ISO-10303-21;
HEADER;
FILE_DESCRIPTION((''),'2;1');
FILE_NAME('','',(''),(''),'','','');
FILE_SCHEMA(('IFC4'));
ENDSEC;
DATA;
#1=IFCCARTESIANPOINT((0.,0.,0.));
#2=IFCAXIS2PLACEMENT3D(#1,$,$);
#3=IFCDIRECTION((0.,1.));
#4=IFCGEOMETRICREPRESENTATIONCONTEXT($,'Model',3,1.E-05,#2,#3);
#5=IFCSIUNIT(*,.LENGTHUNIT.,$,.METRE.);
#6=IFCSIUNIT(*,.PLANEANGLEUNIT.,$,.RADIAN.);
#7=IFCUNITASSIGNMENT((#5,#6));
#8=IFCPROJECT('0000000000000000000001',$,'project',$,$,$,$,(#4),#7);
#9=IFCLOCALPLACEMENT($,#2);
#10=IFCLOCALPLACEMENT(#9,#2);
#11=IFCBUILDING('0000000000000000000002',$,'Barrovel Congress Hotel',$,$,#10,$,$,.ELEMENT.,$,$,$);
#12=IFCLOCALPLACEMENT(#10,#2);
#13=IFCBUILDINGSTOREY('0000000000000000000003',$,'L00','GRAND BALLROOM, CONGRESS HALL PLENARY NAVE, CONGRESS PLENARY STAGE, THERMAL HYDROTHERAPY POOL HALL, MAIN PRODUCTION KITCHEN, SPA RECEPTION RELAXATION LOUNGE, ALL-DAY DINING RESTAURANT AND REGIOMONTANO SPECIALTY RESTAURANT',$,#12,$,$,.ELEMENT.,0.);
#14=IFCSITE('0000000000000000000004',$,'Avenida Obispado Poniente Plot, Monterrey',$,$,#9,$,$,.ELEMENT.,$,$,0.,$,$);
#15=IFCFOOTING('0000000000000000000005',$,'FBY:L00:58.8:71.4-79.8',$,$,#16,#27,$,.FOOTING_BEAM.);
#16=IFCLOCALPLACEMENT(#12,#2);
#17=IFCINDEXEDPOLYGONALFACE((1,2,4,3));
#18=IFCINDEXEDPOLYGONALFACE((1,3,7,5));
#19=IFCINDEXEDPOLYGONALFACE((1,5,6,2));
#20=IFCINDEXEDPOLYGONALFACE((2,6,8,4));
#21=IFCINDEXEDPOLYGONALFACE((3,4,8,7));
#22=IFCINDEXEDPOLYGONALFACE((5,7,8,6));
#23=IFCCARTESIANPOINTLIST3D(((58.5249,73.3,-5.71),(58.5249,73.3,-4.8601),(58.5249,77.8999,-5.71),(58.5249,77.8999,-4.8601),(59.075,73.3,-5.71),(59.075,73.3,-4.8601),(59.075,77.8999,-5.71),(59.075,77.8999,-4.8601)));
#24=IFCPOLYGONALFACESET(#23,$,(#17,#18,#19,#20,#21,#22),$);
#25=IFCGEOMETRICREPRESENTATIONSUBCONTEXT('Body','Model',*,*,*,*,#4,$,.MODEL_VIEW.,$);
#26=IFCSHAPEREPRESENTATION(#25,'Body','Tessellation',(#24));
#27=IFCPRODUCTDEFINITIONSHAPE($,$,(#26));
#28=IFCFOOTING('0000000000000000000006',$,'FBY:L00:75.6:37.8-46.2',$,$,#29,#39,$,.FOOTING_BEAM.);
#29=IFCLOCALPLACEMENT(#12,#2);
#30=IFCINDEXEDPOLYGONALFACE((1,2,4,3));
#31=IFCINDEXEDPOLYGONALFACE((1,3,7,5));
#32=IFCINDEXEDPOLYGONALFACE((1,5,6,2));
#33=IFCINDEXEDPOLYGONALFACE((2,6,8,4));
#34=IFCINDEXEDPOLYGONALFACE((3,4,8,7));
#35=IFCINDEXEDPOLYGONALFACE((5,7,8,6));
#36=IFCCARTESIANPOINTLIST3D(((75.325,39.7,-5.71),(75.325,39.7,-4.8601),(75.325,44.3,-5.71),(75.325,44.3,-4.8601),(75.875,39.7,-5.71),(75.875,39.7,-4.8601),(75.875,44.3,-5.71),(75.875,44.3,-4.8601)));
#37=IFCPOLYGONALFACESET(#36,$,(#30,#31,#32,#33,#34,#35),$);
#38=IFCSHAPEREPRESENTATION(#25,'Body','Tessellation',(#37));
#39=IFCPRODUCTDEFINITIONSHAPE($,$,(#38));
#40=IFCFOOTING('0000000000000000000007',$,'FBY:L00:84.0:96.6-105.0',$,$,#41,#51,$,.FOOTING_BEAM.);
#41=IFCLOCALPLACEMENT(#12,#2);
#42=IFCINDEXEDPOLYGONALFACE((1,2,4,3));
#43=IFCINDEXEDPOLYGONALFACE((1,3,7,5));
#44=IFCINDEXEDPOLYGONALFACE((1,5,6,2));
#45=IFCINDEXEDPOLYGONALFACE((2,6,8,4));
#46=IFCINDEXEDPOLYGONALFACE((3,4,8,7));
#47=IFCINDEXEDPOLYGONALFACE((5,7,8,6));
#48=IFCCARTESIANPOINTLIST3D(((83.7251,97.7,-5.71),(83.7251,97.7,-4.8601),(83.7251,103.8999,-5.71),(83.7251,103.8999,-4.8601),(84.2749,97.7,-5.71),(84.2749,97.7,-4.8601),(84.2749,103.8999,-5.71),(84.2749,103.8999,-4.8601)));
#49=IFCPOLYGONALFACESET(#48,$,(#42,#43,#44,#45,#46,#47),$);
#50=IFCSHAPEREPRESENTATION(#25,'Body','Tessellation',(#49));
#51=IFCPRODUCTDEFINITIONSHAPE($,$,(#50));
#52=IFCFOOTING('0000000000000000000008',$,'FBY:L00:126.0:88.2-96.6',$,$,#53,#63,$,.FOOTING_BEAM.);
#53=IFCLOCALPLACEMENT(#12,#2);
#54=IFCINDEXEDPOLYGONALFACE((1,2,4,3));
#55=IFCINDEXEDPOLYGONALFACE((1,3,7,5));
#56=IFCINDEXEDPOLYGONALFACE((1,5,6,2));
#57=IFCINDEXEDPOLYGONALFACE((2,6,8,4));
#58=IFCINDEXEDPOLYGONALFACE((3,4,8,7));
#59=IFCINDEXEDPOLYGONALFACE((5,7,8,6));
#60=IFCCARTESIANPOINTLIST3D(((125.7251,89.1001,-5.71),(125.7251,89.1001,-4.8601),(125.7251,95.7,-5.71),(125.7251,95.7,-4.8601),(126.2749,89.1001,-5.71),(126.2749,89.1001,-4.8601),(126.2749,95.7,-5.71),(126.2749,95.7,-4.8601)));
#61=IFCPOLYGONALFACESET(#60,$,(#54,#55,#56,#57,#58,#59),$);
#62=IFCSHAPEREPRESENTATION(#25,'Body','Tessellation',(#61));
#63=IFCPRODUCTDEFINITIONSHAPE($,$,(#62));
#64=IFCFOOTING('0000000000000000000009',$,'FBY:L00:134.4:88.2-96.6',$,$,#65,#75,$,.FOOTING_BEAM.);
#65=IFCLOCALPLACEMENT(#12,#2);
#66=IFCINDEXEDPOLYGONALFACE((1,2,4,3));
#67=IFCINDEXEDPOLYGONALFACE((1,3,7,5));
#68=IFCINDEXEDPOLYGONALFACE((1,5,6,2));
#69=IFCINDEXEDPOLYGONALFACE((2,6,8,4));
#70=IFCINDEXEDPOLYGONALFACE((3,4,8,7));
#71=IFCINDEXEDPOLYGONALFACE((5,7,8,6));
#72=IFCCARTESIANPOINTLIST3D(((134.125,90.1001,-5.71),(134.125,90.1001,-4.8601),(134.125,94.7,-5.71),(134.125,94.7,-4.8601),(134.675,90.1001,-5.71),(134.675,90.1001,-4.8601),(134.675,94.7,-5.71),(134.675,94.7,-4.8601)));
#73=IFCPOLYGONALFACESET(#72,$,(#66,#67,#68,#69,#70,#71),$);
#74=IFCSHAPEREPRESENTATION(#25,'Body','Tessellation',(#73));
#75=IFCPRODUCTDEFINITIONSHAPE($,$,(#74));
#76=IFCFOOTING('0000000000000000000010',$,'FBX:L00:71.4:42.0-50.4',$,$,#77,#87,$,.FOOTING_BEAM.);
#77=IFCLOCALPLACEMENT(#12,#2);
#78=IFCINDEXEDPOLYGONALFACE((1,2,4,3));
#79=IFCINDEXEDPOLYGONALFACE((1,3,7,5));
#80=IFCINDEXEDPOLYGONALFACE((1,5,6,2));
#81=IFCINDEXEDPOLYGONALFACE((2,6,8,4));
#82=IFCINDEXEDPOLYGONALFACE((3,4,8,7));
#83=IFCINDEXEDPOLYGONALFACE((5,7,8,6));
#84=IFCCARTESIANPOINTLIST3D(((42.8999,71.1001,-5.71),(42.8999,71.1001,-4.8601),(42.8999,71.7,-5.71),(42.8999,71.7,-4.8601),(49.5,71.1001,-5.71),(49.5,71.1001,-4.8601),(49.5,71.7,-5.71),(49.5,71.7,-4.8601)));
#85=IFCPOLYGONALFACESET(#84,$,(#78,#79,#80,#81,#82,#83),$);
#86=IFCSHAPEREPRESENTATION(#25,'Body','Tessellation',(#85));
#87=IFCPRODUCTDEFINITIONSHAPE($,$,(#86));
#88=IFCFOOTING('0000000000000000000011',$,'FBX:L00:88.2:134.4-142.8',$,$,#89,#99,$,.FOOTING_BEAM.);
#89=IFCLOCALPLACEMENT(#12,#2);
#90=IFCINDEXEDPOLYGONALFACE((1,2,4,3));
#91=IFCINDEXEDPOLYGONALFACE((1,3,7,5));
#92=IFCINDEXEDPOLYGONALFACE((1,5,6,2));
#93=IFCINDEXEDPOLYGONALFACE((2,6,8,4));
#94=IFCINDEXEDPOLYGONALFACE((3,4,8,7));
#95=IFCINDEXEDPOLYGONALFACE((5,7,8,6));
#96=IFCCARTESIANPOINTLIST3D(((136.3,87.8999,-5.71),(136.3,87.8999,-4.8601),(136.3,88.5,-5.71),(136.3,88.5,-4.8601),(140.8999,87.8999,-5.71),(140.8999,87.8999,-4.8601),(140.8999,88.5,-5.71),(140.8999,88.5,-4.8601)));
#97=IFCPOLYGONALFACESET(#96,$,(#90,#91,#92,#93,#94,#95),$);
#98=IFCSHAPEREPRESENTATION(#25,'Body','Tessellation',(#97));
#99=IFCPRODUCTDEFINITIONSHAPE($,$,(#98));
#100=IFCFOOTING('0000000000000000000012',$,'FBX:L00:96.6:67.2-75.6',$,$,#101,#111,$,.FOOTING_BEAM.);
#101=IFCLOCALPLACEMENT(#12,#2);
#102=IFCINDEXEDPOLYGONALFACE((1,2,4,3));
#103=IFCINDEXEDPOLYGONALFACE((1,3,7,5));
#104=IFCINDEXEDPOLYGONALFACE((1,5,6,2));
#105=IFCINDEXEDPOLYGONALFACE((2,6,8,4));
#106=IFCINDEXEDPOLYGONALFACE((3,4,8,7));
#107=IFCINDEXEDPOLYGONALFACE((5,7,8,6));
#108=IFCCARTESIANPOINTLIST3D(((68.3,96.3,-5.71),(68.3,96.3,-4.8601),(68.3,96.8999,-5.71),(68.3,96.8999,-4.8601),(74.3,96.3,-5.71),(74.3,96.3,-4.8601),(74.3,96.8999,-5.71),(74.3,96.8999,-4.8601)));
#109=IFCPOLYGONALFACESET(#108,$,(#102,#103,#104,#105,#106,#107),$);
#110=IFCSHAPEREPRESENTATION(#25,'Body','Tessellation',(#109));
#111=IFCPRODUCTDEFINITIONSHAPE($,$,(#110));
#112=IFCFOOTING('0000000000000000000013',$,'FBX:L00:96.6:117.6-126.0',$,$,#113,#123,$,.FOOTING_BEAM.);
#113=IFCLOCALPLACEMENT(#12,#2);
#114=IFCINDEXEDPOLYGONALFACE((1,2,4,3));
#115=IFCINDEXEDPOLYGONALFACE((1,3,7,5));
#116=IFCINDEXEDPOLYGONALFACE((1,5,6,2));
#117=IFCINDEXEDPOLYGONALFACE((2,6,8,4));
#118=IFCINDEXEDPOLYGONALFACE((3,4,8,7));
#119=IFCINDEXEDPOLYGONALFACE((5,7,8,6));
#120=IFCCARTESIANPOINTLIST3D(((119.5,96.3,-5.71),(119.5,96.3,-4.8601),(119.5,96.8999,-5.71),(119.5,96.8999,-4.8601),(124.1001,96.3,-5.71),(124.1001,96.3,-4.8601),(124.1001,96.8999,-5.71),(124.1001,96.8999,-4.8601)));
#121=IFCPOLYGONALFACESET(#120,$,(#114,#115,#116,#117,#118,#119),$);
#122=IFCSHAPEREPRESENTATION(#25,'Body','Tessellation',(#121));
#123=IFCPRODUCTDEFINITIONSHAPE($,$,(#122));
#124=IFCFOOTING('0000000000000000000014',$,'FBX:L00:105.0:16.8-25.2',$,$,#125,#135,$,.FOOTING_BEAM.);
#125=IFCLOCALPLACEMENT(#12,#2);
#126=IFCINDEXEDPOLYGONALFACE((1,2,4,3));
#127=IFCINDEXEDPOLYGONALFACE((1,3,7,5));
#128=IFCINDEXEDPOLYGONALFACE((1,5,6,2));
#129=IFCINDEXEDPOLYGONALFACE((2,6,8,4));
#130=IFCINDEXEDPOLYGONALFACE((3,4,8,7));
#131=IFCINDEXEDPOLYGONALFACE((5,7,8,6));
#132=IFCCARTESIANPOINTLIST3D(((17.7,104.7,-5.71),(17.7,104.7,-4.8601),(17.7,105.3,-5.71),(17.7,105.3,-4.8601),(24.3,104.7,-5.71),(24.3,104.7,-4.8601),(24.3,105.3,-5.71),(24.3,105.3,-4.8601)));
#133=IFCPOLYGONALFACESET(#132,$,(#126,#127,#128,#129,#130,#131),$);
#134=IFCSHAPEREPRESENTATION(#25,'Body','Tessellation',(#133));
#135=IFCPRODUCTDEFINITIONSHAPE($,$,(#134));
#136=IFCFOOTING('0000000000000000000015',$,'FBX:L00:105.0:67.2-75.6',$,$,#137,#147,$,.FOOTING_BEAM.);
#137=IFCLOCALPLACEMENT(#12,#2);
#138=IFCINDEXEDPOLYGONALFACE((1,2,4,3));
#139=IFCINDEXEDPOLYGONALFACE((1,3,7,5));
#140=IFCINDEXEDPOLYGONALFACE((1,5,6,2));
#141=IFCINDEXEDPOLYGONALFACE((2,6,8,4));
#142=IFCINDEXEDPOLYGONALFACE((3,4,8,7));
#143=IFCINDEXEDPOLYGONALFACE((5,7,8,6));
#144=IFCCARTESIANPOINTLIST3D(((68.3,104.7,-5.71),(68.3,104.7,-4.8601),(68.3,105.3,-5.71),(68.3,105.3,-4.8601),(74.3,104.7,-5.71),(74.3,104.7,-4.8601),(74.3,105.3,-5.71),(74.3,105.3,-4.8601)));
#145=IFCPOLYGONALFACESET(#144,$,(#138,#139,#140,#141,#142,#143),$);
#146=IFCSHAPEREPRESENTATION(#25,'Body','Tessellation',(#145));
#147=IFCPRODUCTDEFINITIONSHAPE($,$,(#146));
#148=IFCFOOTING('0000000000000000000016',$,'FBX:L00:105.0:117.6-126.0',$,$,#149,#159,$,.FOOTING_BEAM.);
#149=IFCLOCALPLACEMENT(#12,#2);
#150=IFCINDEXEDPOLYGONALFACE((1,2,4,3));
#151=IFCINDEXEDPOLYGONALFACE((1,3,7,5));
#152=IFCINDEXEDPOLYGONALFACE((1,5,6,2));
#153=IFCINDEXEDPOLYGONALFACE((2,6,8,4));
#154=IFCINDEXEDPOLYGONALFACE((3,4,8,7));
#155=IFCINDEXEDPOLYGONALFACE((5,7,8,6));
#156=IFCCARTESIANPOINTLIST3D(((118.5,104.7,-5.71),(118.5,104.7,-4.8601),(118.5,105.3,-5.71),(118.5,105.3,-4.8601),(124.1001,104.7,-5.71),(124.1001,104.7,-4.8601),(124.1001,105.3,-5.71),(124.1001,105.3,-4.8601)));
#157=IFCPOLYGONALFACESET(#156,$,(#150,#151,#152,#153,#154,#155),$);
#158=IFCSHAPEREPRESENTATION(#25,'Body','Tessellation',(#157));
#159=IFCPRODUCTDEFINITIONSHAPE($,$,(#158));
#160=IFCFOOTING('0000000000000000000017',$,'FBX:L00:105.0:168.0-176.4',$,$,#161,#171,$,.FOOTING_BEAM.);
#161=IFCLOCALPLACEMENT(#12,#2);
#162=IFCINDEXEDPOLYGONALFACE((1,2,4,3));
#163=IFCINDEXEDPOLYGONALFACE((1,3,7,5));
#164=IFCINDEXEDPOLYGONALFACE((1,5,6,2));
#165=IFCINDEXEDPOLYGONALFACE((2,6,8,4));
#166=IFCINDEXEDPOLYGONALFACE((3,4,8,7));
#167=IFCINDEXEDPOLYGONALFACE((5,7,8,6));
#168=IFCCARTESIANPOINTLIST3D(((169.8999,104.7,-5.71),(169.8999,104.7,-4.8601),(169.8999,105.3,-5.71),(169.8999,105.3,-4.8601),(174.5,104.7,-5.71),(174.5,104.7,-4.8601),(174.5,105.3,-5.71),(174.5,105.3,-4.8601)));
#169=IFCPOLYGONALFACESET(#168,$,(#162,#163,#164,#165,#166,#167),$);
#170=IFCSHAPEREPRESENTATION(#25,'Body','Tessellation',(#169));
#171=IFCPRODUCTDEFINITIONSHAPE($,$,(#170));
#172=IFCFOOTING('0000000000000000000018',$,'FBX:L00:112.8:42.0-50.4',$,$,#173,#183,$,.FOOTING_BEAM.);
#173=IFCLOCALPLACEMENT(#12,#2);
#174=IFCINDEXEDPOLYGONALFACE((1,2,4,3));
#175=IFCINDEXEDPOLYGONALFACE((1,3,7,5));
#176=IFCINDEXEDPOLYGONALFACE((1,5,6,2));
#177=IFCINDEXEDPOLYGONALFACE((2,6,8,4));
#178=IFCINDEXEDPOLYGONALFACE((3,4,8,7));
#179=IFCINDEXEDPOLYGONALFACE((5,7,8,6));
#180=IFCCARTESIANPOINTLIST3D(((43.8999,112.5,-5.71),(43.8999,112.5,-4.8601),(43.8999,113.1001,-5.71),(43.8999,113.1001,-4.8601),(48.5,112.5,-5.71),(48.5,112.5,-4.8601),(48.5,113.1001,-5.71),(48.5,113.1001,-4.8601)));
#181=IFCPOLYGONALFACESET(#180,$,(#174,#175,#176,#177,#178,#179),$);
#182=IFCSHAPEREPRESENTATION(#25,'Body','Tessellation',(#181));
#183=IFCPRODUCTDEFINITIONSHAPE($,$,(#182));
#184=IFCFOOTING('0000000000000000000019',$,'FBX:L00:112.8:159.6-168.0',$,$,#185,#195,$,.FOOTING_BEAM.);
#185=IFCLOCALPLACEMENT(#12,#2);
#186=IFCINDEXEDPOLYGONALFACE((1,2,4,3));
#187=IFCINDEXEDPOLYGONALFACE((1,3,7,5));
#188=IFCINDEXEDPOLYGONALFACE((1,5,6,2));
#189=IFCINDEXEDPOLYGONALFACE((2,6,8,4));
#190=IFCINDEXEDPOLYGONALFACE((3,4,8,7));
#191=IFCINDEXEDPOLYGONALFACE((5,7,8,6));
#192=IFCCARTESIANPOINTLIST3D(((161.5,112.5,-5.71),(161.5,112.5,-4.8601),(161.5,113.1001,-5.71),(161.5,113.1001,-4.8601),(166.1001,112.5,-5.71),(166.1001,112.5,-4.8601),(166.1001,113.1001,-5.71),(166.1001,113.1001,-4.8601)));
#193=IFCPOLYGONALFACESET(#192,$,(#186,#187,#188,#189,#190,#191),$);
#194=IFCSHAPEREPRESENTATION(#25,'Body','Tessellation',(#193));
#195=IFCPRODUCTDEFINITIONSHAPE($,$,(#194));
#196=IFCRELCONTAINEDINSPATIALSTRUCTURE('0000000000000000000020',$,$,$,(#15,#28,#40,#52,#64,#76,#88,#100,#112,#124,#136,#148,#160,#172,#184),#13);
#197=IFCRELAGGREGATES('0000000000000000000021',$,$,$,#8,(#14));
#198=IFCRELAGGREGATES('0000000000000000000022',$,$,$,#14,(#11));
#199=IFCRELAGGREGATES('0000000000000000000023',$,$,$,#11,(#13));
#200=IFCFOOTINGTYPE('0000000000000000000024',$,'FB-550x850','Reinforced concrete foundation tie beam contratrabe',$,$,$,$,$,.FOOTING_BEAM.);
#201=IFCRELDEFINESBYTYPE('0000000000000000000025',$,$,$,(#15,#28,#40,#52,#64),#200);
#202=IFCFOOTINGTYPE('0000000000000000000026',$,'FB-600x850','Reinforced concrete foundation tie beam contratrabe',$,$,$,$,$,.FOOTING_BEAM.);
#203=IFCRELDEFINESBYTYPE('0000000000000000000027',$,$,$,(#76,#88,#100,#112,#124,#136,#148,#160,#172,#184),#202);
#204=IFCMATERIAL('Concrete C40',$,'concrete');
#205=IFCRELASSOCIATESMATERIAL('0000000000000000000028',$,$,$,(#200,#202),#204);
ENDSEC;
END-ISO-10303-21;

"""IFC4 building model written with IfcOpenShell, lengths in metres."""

from ifc_helpers import new_model, si_unit, direction, frame, origin, place, context, subcontext, project, spatial, polyline, outline, extrude, material, type_object, element, save


model = new_model("IFC4")

# Units and contexts
model_context = context("Model", 3, precision=1e-05, world=origin(), true_north=direction((0.0, 1.0)))
body_context = subcontext(model_context, "Body", "Model", "MODEL_VIEW")
ifc_project = project(units=[si_unit("LENGTHUNIT", "METRE"), si_unit("PLANEANGLEUNIT", "RADIAN")], contexts=[model_context])

# Site, building, storey
site_placement = place(None, origin())
site = spatial("IfcSite", under=ifc_project, at=site_placement, Name="Avenida Obispado Poniente Plot, Monterrey", CompositionType="ELEMENT", RefElevation=0.0)
building_placement = place(site_placement, origin())
building = spatial("IfcBuilding", under=site, at=building_placement, Name="Barrovel Congress Hotel", CompositionType="ELEMENT")
storey_placement = place(building_placement, origin())
storey = spatial("IfcBuildingStorey", under=building, at=storey_placement, Name="L00", Description="GRAND BALLROOM, CONGRESS HALL PLENARY NAVE, CONGRESS PLENARY STAGE, THERMAL HYDROTHERAPY POOL HALL, MAIN PRODUCTION KITCHEN, SPA RECEPTION RELAXATION LOUNGE, ALL-DAY DINING RESTAURANT AND REGIOMONTANO SPECIALTY RESTAURANT", CompositionType="ELEMENT", Elevation=0.0)

# Footings
ifc_material = material(Name="Concrete C40", Category="concrete")
footing_type_1 = type_object("IfcFootingType", Name="FB-550x850", Description="Reinforced concrete foundation tie beam contratrabe", PredefinedType="FOOTING_BEAM", material=ifc_material)
footing_1_placement = place(storey_placement, frame((0.0, 0.0, -5.71)))
element("IfcFooting", 1, at=footing_1_placement, inside=storey, type_object=footing_type_1, Name="FBY:L00:58.8:71.4-79.8", PredefinedType="FOOTING_BEAM", context=body_context, shape_type="SweptSolid", body=[
    extrude(outline(polyline([(58.5249, 73.3), (59.075, 73.3), (59.075, 77.8999), (58.5249, 77.8999), (58.5249, 73.3)])), origin(), (0.0, 0.0, 1.0), 0.8499),
])
footing_2_placement = place(storey_placement, frame((0.0, 0.0, -5.71)))
element("IfcFooting", 2, at=footing_2_placement, inside=storey, type_object=footing_type_1, Name="FBY:L00:75.6:37.8-46.2", PredefinedType="FOOTING_BEAM", context=body_context, shape_type="SweptSolid", body=[
    extrude(outline(polyline([(75.325, 39.7), (75.875, 39.7), (75.875, 44.3), (75.325, 44.3), (75.325, 39.7)])), origin(), (0.0, 0.0, 1.0), 0.8499),
])
footing_3_placement = place(storey_placement, frame((0.0, 0.0, -5.71)))
element("IfcFooting", 3, at=footing_3_placement, inside=storey, type_object=footing_type_1, Name="FBY:L00:84.0:96.6-105.0", PredefinedType="FOOTING_BEAM", context=body_context, shape_type="SweptSolid", body=[
    extrude(outline(polyline([(83.7251, 97.7), (84.2749, 97.7), (84.2749, 103.8999), (83.7251, 103.8999), (83.7251, 97.7)])), origin(), (0.0, 0.0, 1.0), 0.8499),
])
footing_4_placement = place(storey_placement, frame((0.0, 0.0, -5.71)))
element("IfcFooting", 4, at=footing_4_placement, inside=storey, type_object=footing_type_1, Name="FBY:L00:126.0:88.2-96.6", PredefinedType="FOOTING_BEAM", context=body_context, shape_type="SweptSolid", body=[
    extrude(outline(polyline([(125.7251, 89.1001), (126.2749, 89.1001), (126.2749, 95.7), (125.7251, 95.7), (125.7251, 89.1001)])), origin(), (0.0, 0.0, 1.0), 0.8499),
])
footing_5_placement = place(storey_placement, frame((0.0, 0.0, -5.71)))
element("IfcFooting", 5, at=footing_5_placement, inside=storey, type_object=footing_type_1, Name="FBY:L00:134.4:88.2-96.6", PredefinedType="FOOTING_BEAM", context=body_context, shape_type="SweptSolid", body=[
    extrude(outline(polyline([(134.125, 90.1001), (134.675, 90.1001), (134.675, 94.7), (134.125, 94.7), (134.125, 90.1001)])), origin(), (0.0, 0.0, 1.0), 0.8499),
])
footing_type_2 = type_object("IfcFootingType", Name="FB-600x850", Description="Reinforced concrete foundation tie beam contratrabe", PredefinedType="FOOTING_BEAM", material=ifc_material)
footing_6_placement = place(storey_placement, frame((0.0, 0.0, -5.71)))
element("IfcFooting", 6, at=footing_6_placement, inside=storey, type_object=footing_type_2, Name="FBX:L00:71.4:42.0-50.4", PredefinedType="FOOTING_BEAM", context=body_context, shape_type="SweptSolid", body=[
    extrude(outline(polyline([(42.8999, 71.1001), (49.5, 71.1001), (49.5, 71.7), (42.8999, 71.7), (42.8999, 71.1001)])), origin(), (0.0, 0.0, 1.0), 0.8499),
])
footing_7_placement = place(storey_placement, frame((0.0, 0.0, -5.71)))
element("IfcFooting", 7, at=footing_7_placement, inside=storey, type_object=footing_type_2, Name="FBX:L00:88.2:134.4-142.8", PredefinedType="FOOTING_BEAM", context=body_context, shape_type="SweptSolid", body=[
    extrude(outline(polyline([(136.3, 87.8999), (140.8999, 87.8999), (140.8999, 88.5), (136.3, 88.5), (136.3, 87.8999)])), origin(), (0.0, 0.0, 1.0), 0.8499),
])
footing_8_placement = place(storey_placement, frame((0.0, 0.0, -5.71)))
element("IfcFooting", 8, at=footing_8_placement, inside=storey, type_object=footing_type_2, Name="FBX:L00:96.6:67.2-75.6", PredefinedType="FOOTING_BEAM", context=body_context, shape_type="SweptSolid", body=[
    extrude(outline(polyline([(68.3, 96.3), (74.3, 96.3), (74.3, 96.8999), (68.3, 96.8999), (68.3, 96.3)])), origin(), (0.0, 0.0, 1.0), 0.8499),
])
footing_9_placement = place(storey_placement, frame((0.0, 0.0, -5.71)))
element("IfcFooting", 9, at=footing_9_placement, inside=storey, type_object=footing_type_2, Name="FBX:L00:96.6:117.6-126.0", PredefinedType="FOOTING_BEAM", context=body_context, shape_type="SweptSolid", body=[
    extrude(outline(polyline([(119.5, 96.3), (124.1001, 96.3), (124.1001, 96.8999), (119.5, 96.8999), (119.5, 96.3)])), origin(), (0.0, 0.0, 1.0), 0.8499),
])
footing_10_placement = place(storey_placement, frame((0.0, 0.0, -5.71)))
element("IfcFooting", 10, at=footing_10_placement, inside=storey, type_object=footing_type_2, Name="FBX:L00:105.0:16.8-25.2", PredefinedType="FOOTING_BEAM", context=body_context, shape_type="SweptSolid", body=[
    extrude(outline(polyline([(17.7, 104.7), (24.3, 104.7), (24.3, 105.3), (17.7, 105.3), (17.7, 104.7)])), origin(), (0.0, 0.0, 1.0), 0.8499),
])
footing_11_placement = place(storey_placement, frame((0.0, 0.0, -5.71)))
element("IfcFooting", 11, at=footing_11_placement, inside=storey, type_object=footing_type_2, Name="FBX:L00:105.0:67.2-75.6", PredefinedType="FOOTING_BEAM", context=body_context, shape_type="SweptSolid", body=[
    extrude(outline(polyline([(68.3, 104.7), (74.3, 104.7), (74.3, 105.3), (68.3, 105.3), (68.3, 104.7)])), origin(), (0.0, 0.0, 1.0), 0.8499),
])
footing_12_placement = place(storey_placement, frame((0.0, 0.0, -5.71)))
element("IfcFooting", 12, at=footing_12_placement, inside=storey, type_object=footing_type_2, Name="FBX:L00:105.0:117.6-126.0", PredefinedType="FOOTING_BEAM", context=body_context, shape_type="SweptSolid", body=[
    extrude(outline(polyline([(118.5, 104.7), (124.1001, 104.7), (124.1001, 105.3), (118.5, 105.3), (118.5, 104.7)])), origin(), (0.0, 0.0, 1.0), 0.8499),
])
footing_13_placement = place(storey_placement, frame((0.0, 0.0, -5.71)))
element("IfcFooting", 13, at=footing_13_placement, inside=storey, type_object=footing_type_2, Name="FBX:L00:105.0:168.0-176.4", PredefinedType="FOOTING_BEAM", context=body_context, shape_type="SweptSolid", body=[
    extrude(outline(polyline([(169.8999, 104.7), (174.5, 104.7), (174.5, 105.3), (169.8999, 105.3), (169.8999, 104.7)])), origin(), (0.0, 0.0, 1.0), 0.8499),
])
footing_14_placement = place(storey_placement, frame((0.0, 0.0, -5.71)))
element("IfcFooting", 14, at=footing_14_placement, inside=storey, type_object=footing_type_2, Name="FBX:L00:112.8:42.0-50.4", PredefinedType="FOOTING_BEAM", context=body_context, shape_type="SweptSolid", body=[
    extrude(outline(polyline([(43.8999, 112.5), (48.5, 112.5), (48.5, 113.1001), (43.8999, 113.1001), (43.8999, 112.5)])), origin(), (0.0, 0.0, 1.0), 0.8499),
])
footing_15_placement = place(storey_placement, frame((0.0, 0.0, -5.71)))
element("IfcFooting", 15, at=footing_15_placement, inside=storey, type_object=footing_type_2, Name="FBX:L00:112.8:159.6-168.0", PredefinedType="FOOTING_BEAM", context=body_context, shape_type="SweptSolid", body=[
    extrude(outline(polyline([(161.5, 112.5), (166.1001, 112.5), (166.1001, 113.1001), (161.5, 113.1001), (161.5, 112.5)])), origin(), (0.0, 0.0, 1.0), 0.8499),
])

save(model, "model.ifc")
